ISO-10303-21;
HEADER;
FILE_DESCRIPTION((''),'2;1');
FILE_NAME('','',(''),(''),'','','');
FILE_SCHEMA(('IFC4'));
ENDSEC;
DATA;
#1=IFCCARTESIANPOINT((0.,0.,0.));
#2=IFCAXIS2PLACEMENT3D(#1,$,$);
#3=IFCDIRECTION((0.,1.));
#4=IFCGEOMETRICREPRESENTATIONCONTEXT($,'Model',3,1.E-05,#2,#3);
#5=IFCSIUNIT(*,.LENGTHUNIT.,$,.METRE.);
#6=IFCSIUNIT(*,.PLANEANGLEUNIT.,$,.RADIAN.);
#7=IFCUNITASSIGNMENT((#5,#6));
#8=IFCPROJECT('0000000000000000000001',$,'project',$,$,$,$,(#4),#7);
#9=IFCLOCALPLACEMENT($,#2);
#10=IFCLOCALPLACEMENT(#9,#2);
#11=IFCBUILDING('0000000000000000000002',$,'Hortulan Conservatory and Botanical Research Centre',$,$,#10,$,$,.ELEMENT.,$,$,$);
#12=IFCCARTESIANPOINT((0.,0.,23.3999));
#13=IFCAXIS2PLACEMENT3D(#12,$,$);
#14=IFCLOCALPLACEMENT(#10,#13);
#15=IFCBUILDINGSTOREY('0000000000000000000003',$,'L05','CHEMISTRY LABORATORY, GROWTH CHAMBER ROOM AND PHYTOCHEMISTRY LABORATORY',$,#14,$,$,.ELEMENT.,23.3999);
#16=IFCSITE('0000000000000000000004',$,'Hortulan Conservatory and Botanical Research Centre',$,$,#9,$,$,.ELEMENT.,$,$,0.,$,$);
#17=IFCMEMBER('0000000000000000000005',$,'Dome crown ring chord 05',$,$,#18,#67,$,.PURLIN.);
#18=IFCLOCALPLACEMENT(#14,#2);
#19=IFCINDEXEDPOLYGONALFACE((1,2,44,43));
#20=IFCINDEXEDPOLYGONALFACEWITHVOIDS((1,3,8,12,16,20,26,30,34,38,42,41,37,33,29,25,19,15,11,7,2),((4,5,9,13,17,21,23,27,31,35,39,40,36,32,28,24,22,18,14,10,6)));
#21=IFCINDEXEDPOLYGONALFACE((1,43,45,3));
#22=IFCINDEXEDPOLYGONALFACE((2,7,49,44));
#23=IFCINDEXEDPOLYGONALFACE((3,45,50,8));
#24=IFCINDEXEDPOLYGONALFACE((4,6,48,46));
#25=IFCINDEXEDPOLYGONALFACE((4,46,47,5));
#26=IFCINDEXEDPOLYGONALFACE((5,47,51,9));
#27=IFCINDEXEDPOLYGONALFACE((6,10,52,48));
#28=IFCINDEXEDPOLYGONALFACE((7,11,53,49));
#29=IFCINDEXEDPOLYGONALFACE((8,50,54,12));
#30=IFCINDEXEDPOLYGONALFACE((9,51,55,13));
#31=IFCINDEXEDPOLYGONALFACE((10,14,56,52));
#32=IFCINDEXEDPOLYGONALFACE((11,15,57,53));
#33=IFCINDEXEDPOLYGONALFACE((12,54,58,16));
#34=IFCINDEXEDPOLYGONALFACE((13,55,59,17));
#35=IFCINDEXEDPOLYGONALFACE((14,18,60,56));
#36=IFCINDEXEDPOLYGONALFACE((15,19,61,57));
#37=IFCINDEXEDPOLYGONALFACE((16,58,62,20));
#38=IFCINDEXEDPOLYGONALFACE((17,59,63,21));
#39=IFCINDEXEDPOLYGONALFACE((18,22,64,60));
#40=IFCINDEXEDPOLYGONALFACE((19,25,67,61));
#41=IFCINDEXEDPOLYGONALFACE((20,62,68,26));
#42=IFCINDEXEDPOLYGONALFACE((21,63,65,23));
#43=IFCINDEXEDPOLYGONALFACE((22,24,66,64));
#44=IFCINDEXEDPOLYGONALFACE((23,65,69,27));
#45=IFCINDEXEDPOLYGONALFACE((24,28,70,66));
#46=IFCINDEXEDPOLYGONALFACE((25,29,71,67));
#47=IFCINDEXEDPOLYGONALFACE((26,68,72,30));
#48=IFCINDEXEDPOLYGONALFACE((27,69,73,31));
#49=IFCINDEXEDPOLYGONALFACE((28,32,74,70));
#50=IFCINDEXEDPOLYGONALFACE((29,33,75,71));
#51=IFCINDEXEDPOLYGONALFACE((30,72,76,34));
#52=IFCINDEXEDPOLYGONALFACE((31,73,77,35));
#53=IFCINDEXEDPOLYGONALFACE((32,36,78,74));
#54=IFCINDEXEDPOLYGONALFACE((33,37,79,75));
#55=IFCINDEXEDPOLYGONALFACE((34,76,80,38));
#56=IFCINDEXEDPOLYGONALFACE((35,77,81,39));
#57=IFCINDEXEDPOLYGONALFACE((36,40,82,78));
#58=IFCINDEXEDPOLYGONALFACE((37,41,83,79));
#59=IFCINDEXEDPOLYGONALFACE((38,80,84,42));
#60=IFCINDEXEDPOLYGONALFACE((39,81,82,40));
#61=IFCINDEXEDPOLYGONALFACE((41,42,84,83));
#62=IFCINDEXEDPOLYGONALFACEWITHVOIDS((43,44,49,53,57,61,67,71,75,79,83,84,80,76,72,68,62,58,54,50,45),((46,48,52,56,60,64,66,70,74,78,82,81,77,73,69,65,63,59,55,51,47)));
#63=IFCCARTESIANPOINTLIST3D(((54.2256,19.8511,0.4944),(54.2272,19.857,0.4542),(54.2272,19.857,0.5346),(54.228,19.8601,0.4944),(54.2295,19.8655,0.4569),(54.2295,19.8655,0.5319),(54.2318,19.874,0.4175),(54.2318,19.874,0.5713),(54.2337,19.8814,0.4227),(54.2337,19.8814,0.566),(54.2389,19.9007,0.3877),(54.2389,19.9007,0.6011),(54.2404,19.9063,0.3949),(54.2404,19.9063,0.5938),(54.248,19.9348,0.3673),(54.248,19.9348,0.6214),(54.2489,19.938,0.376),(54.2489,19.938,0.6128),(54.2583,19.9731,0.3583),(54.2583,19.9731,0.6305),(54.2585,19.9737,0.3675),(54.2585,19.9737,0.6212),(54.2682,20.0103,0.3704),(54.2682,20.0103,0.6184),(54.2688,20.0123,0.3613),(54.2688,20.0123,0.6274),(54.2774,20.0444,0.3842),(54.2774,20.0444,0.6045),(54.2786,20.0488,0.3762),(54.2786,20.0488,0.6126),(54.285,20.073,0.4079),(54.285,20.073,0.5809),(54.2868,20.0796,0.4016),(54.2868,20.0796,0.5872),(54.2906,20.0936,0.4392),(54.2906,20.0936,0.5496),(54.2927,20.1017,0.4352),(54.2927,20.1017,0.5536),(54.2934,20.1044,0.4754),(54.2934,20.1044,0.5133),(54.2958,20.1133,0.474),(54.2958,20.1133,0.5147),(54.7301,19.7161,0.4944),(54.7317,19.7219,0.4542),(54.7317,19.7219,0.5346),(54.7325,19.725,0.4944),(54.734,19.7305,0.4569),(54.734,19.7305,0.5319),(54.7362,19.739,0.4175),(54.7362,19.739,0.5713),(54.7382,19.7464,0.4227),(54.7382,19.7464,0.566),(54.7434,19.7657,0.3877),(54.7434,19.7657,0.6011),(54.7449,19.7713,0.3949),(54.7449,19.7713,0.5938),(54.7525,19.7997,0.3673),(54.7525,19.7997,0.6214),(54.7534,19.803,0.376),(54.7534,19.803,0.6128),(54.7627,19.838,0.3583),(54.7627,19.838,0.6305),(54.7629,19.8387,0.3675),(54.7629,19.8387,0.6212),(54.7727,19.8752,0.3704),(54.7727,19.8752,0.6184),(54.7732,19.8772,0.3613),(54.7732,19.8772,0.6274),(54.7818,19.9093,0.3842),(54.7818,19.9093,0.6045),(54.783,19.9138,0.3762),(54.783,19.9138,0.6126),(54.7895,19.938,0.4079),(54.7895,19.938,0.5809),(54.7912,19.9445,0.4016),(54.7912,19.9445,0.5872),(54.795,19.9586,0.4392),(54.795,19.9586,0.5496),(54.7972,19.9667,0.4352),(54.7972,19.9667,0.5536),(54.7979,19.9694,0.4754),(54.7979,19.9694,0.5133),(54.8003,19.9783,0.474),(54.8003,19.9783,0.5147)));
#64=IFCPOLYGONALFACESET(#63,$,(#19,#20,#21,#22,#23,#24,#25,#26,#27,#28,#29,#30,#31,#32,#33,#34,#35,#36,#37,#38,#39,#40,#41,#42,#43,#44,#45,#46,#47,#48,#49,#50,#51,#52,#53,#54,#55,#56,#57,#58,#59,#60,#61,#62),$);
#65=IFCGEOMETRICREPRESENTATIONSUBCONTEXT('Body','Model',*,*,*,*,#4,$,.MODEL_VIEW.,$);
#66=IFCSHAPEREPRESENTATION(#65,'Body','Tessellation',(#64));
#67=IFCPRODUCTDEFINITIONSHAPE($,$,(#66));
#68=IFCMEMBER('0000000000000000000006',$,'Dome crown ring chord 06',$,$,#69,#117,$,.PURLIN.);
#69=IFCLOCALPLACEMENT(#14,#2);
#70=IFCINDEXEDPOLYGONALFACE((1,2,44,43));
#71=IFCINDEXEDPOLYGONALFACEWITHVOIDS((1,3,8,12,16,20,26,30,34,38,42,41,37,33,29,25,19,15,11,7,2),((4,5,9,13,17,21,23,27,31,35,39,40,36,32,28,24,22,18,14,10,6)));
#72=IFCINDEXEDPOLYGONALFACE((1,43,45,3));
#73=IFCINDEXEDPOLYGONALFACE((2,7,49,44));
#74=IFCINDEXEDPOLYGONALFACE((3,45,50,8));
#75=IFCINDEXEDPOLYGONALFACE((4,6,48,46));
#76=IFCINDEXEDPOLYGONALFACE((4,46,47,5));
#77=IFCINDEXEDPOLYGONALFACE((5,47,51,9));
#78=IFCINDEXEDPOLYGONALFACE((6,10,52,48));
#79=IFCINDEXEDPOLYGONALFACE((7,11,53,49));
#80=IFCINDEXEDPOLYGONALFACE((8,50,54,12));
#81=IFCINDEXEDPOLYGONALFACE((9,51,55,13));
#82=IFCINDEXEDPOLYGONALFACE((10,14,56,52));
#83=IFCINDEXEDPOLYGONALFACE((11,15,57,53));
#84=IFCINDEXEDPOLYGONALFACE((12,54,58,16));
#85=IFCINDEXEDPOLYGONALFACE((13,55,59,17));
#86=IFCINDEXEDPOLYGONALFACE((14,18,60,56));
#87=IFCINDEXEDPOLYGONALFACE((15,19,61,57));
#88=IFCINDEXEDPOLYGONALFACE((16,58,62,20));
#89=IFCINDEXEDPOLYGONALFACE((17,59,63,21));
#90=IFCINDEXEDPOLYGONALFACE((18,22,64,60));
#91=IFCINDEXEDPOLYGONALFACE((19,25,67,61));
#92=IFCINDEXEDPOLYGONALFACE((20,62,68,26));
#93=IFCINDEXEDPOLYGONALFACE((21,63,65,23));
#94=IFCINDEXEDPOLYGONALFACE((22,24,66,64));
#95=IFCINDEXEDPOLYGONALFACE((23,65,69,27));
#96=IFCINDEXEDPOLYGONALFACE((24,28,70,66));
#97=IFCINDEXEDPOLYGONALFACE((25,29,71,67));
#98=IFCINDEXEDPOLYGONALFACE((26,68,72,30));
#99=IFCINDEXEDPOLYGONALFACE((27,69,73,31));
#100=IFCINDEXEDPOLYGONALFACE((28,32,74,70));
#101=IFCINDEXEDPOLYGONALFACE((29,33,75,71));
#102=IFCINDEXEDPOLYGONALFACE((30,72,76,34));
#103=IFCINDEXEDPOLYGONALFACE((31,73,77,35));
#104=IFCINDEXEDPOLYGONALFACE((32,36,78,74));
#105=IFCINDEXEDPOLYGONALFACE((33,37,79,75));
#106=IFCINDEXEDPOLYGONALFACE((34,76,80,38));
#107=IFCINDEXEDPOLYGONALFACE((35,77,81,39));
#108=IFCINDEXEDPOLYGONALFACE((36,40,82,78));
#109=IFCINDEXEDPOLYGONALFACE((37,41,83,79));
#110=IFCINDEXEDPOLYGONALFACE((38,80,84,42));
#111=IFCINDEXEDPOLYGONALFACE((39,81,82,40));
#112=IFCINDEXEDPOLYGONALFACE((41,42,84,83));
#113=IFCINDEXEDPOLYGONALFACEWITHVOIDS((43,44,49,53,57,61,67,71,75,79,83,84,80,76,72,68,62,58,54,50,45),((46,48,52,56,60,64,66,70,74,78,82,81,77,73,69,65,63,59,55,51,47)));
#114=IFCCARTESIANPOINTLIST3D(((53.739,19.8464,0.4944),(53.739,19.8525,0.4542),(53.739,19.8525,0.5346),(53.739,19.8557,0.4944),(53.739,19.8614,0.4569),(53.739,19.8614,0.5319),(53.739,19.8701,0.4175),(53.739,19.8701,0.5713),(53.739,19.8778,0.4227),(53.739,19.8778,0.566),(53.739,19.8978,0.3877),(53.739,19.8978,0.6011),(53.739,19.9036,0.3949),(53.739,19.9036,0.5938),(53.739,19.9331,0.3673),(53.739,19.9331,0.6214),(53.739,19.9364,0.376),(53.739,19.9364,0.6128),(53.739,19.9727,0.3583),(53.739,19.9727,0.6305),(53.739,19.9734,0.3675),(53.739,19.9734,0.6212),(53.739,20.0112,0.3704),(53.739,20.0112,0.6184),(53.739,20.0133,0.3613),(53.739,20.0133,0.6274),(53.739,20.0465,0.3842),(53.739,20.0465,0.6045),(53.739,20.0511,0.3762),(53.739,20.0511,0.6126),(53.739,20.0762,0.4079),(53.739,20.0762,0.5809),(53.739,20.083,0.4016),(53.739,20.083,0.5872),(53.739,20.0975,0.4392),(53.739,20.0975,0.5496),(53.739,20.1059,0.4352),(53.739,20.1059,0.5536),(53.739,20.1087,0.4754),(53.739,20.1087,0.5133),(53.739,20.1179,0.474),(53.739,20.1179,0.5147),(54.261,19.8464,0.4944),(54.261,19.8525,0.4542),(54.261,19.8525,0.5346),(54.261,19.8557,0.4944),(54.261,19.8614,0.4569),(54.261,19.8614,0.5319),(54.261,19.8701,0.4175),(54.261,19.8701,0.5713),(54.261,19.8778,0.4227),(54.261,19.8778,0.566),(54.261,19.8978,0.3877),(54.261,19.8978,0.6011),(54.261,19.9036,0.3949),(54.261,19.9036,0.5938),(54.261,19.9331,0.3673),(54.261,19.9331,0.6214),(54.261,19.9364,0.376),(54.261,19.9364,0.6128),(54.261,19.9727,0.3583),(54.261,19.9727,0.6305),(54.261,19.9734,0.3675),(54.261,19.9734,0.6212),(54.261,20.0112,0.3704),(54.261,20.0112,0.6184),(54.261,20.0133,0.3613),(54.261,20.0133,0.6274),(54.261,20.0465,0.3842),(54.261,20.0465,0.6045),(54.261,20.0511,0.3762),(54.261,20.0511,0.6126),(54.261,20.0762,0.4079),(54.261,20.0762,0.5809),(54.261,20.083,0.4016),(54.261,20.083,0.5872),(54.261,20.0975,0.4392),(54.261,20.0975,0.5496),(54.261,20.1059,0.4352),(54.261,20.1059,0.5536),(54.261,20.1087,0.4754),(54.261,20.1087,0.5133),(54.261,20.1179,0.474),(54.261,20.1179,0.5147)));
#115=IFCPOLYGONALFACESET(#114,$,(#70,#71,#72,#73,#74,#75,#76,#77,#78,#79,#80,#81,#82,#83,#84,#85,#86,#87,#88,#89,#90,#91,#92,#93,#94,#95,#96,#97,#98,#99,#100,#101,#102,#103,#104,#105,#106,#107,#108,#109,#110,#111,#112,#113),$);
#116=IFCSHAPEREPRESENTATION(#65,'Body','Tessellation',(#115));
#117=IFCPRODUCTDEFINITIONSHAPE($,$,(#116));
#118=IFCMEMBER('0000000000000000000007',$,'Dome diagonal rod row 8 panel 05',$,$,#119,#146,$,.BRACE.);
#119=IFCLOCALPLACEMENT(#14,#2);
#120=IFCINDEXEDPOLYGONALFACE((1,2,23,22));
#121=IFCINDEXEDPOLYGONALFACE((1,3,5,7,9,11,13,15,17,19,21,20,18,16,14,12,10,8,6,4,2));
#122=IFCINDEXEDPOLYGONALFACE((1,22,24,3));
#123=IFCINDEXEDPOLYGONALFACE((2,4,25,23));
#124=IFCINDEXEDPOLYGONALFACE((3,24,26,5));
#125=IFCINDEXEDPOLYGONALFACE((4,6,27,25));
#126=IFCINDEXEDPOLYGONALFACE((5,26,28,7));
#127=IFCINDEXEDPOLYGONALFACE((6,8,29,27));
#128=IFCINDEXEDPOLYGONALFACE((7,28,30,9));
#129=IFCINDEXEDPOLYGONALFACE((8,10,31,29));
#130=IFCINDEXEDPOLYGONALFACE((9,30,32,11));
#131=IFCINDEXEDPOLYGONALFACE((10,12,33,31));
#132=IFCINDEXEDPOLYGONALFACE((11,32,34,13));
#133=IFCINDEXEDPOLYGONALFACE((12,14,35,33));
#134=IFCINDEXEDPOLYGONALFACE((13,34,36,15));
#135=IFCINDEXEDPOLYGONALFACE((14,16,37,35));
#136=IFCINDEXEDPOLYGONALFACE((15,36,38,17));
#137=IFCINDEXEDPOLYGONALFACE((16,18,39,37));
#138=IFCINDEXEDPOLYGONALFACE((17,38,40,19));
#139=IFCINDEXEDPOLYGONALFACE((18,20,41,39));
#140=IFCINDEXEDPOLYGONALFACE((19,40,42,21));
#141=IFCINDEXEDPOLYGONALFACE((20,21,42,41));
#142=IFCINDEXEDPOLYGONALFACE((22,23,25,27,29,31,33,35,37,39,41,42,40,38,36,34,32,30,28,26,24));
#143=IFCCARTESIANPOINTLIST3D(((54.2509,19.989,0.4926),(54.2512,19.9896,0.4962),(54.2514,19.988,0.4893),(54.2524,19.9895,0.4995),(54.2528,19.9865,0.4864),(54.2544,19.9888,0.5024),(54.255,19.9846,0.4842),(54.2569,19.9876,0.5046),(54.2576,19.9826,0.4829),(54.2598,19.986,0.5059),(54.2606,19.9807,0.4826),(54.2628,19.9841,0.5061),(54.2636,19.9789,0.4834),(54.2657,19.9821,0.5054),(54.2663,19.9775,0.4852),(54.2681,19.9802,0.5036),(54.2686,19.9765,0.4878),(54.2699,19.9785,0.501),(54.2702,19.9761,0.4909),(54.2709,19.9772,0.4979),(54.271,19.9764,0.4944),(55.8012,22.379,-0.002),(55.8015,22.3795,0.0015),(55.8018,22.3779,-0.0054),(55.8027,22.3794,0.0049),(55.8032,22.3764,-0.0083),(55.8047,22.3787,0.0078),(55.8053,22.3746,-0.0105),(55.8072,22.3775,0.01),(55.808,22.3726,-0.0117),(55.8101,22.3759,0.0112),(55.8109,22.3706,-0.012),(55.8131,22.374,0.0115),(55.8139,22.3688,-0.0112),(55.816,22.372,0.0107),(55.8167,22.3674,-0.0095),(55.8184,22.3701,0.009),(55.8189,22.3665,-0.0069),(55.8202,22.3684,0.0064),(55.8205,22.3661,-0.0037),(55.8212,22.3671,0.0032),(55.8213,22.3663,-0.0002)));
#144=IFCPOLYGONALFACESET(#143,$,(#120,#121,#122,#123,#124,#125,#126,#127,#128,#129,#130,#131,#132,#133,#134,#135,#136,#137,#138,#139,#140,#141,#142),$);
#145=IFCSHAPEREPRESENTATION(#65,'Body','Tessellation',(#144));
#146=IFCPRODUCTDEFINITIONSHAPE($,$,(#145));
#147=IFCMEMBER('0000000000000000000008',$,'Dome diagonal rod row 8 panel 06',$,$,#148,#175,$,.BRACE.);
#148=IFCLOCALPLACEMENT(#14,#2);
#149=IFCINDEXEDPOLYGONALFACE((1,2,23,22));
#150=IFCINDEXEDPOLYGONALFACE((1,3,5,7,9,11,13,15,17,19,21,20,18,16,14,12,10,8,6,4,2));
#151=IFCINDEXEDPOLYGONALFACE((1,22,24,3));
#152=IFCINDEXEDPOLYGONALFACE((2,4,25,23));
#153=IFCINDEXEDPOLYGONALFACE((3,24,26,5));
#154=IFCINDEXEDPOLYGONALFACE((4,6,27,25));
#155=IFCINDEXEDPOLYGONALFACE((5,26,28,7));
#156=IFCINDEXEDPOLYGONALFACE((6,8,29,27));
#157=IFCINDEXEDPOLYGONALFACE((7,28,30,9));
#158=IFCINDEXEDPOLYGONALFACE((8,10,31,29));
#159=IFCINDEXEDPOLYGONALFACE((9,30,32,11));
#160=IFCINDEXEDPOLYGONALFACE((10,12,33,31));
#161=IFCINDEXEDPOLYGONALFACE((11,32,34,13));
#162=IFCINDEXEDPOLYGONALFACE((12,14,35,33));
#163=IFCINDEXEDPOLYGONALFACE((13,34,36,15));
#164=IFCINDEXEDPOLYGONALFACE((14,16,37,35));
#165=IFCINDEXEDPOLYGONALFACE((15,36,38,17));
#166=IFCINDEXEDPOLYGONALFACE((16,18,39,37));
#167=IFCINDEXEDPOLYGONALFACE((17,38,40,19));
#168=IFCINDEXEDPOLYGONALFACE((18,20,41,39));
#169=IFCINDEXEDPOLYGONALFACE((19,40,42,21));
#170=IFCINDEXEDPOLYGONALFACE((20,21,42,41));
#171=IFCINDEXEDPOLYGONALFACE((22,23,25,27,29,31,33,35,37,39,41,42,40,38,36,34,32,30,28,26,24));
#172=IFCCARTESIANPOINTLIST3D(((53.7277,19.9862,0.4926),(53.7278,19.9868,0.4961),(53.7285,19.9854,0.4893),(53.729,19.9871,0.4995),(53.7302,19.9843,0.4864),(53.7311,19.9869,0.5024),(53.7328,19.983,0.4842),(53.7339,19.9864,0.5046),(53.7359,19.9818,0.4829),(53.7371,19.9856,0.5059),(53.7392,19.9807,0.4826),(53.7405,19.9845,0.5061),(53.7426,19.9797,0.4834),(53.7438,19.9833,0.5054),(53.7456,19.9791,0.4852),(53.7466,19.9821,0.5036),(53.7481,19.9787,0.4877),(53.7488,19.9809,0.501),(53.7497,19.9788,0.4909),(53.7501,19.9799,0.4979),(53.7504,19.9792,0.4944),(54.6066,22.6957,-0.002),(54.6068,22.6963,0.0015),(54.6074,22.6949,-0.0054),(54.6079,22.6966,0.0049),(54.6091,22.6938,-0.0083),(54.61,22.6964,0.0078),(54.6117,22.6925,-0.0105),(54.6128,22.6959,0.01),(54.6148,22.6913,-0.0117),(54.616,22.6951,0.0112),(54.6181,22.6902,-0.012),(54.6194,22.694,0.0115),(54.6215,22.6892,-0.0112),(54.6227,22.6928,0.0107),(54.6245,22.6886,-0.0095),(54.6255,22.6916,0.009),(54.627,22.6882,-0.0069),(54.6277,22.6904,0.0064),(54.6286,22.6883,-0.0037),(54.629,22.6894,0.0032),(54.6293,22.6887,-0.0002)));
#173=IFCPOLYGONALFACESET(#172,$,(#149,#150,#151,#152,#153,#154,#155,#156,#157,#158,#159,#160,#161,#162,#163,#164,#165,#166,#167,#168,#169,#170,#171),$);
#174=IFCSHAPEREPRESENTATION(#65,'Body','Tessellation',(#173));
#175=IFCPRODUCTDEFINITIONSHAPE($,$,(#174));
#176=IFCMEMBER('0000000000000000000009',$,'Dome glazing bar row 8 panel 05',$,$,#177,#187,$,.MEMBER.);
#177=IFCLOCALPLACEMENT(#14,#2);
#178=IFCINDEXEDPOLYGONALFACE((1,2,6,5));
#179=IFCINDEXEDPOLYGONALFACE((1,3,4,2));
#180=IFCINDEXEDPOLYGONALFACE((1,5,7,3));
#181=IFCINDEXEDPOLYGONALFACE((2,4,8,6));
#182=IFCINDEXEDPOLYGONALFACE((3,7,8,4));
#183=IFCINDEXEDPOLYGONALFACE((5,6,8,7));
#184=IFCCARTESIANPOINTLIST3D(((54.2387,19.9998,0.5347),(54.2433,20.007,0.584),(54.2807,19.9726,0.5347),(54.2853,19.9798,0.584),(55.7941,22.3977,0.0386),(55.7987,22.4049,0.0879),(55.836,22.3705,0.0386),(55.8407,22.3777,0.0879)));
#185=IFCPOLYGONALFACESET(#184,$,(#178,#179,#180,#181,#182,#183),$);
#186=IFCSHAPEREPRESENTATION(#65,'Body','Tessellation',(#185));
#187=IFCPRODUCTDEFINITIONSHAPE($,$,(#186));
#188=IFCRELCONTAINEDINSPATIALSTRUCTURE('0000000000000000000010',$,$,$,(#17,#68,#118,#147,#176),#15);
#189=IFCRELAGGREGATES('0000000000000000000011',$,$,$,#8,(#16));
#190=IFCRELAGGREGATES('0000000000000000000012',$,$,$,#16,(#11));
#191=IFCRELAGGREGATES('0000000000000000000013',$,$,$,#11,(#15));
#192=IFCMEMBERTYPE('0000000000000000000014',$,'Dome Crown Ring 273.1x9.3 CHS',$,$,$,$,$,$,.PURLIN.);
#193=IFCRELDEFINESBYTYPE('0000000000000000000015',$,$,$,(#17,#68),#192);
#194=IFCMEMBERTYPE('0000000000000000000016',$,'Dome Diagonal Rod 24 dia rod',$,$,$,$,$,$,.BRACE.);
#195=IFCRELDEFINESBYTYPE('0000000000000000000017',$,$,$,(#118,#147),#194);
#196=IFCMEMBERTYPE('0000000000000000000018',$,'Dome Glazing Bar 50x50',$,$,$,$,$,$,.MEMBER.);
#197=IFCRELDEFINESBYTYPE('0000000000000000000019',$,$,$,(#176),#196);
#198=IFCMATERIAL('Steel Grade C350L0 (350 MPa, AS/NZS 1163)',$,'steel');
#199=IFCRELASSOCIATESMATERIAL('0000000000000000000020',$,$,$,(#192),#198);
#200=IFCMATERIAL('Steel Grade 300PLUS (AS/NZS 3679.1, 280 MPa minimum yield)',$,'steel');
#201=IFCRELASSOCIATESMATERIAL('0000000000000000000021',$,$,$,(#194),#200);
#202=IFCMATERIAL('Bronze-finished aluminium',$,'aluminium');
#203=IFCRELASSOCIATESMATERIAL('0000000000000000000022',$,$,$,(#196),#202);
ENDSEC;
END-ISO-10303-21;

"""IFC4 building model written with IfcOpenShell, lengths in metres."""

from ifc_helpers import new_model, si_unit, direction, frame, origin, origin_2d, place, context, subcontext, project, spatial, rectangle, circle, hollow_circle, extrude, material, material_profile, profile_set, type_object, element, save


model = new_model("IFC4")

# Units and contexts
model_context = context("Model", 3, precision=1e-05, world=origin(), true_north=direction((0.0, 1.0)))
body_context = subcontext(model_context, "Body", "Model", "MODEL_VIEW")
ifc_project = project(units=[si_unit("LENGTHUNIT", "METRE"), si_unit("PLANEANGLEUNIT", "RADIAN")], contexts=[model_context])

# Site, building, storey
site_placement = place(None, origin())
site = spatial("IfcSite", under=ifc_project, at=site_placement, Name="Hortulan Conservatory and Botanical Research Centre", CompositionType="ELEMENT", RefElevation=0.0)
building_placement = place(site_placement, origin())
building = spatial("IfcBuilding", under=site, at=building_placement, Name="Hortulan Conservatory and Botanical Research Centre", CompositionType="ELEMENT")
storey_placement = place(building_placement, frame((0.0, 0.0, 23.3999)))
storey = spatial("IfcBuildingStorey", under=building, at=storey_placement, Name="L05", Description="CHEMISTRY LABORATORY, GROWTH CHAMBER ROOM AND PHYTOCHEMISTRY LABORATORY", CompositionType="ELEMENT", Elevation=23.3999)

# Members
ifc_material_1 = material(Name="Steel Grade C350L0 (350 MPa, AS/NZS 1163)", Category="steel")
ifc_material_profile_1 = material_profile(ifc_material_1, hollow_circle(Radius=0.1365, WallThickness=0.0093, at=origin_2d()), Name="273.1x9.3CHS")
ifc_profile_set_1 = profile_set([ifc_material_profile_1], Name="Steel Grade C350L0 (350 MPa, AS/NZS 1163)")
member_type_1 = type_object("IfcMemberType", Name="Dome Crown Ring 273.1x9.3 CHS", PredefinedType="PURLIN", material=ifc_profile_set_1)
for number, where, z_axis, x_axis, name in (
    (1, (54.7654, 19.8479, 0.4944), (-0.965994, 0.258565, 0.0), (-0.258565, -0.965994, 0.0), "Dome crown ring chord 05"),
):
    element("IfcMember", number, at=place(storey_placement, frame(where, z_axis=z_axis, x_axis=x_axis)), inside=storey, type_object=member_type_1, Name=name, PredefinedType="PURLIN", context=body_context, shape_type="SweptSolid", body=[
        extrude(hollow_circle(Radius=0.1365, WallThickness=0.0093, at=origin_2d()), origin(), (0.0, 0.0, 1.0), 0.5222),
    ])
member_1_placement = place(storey_placement, frame((54.261, 19.9829, 0.4944), z_axis=(-1.0, 0.0, 0.0), x_axis=(0.0, -1.0, 0.0)))
element("IfcMember", 2, at=member_1_placement, inside=storey, type_object=member_type_1, Name="Dome crown ring chord 06", PredefinedType="PURLIN", context=body_context, shape_type="SweptSolid", body=[
    extrude(hollow_circle(Radius=0.1365, WallThickness=0.0093, at=origin_2d()), origin(), (0.0, 0.0, 1.0), 0.522),
])
ifc_material_2 = material(Name="Steel Grade 300PLUS (AS/NZS 3679.1, 280 MPa minimum yield)", Category="steel")
ifc_material_profile_2 = material_profile(ifc_material_2, circle(Radius=0.012, at=origin_2d()), Name="24 dia rod")
ifc_profile_set_2 = profile_set([ifc_material_profile_2], Name="Steel Grade 300PLUS (AS/NZS 3679.1, 280 MPa minimum yield)")
member_type_2 = type_object("IfcMemberType", Name="Dome Diagonal Rod 24 dia rod", PredefinedType="BRACE", material=ifc_profile_set_2)
member_2_placement = place(storey_placement, frame((55.8113, 22.3728, -0.0002), z_axis=(-0.536191, -0.826579, 0.171075), x_axis=(0.838946, -0.544214, 0.0)))
element("IfcMember", 3, at=member_2_placement, inside=storey, type_object=member_type_2, Name="Dome diagonal rod row 8 panel 05", PredefinedType="BRACE", context=body_context, shape_type="SweptSolid", body=[
    extrude(circle(Radius=0.012, at=origin_2d()), origin(), (0.0, 0.0, 1.0), 2.8914),
])
member_3_placement = place(storey_placement, frame((54.6179, 22.6924, -0.0002), z_axis=(-0.304006, -0.937182, 0.171088), x_axis=(0.951207, -0.308555, 0.0)))
element("IfcMember", 4, at=member_3_placement, inside=storey, type_object=member_type_2, Name="Dome diagonal rod row 8 panel 06", PredefinedType="BRACE", context=body_context, shape_type="SweptSolid", body=[
    extrude(circle(Radius=0.012, at=origin_2d()), origin(), (0.0, 0.0, 1.0), 2.8911),
])
ifc_material_3 = material(Name="Bronze-finished aluminium", Category="aluminium")
ifc_material_profile_3 = material_profile(ifc_material_3, rectangle(XDim=0.05, YDim=0.05, at=origin_2d()), Name="Square bar 50x50")
ifc_profile_set_3 = profile_set([ifc_material_profile_3], Name="Bronze-finished aluminium")
member_type_3 = type_object("IfcMemberType", Name="Dome Glazing Bar 50x50", PredefinedType="MEMBER", material=ifc_profile_set_3)
member_4_placement = place(storey_placement, frame((55.8174, 22.3877, 0.0632), z_axis=(-0.536173, -0.826604, 0.17101), x_axis=(0.838962, -0.544189, 0.0)))
element("IfcMember", 5, at=member_4_placement, inside=storey, type_object=member_type_3, Name="Dome glazing bar row 8 panel 05", PredefinedType="MEMBER", context=body_context, shape_type="SweptSolid", body=[
    extrude(rectangle(XDim=0.05, YDim=0.05, at=origin_2d()), origin(), (0.0, 0.0, 1.0), 2.9009),
])

save(model, "model.ifc")
